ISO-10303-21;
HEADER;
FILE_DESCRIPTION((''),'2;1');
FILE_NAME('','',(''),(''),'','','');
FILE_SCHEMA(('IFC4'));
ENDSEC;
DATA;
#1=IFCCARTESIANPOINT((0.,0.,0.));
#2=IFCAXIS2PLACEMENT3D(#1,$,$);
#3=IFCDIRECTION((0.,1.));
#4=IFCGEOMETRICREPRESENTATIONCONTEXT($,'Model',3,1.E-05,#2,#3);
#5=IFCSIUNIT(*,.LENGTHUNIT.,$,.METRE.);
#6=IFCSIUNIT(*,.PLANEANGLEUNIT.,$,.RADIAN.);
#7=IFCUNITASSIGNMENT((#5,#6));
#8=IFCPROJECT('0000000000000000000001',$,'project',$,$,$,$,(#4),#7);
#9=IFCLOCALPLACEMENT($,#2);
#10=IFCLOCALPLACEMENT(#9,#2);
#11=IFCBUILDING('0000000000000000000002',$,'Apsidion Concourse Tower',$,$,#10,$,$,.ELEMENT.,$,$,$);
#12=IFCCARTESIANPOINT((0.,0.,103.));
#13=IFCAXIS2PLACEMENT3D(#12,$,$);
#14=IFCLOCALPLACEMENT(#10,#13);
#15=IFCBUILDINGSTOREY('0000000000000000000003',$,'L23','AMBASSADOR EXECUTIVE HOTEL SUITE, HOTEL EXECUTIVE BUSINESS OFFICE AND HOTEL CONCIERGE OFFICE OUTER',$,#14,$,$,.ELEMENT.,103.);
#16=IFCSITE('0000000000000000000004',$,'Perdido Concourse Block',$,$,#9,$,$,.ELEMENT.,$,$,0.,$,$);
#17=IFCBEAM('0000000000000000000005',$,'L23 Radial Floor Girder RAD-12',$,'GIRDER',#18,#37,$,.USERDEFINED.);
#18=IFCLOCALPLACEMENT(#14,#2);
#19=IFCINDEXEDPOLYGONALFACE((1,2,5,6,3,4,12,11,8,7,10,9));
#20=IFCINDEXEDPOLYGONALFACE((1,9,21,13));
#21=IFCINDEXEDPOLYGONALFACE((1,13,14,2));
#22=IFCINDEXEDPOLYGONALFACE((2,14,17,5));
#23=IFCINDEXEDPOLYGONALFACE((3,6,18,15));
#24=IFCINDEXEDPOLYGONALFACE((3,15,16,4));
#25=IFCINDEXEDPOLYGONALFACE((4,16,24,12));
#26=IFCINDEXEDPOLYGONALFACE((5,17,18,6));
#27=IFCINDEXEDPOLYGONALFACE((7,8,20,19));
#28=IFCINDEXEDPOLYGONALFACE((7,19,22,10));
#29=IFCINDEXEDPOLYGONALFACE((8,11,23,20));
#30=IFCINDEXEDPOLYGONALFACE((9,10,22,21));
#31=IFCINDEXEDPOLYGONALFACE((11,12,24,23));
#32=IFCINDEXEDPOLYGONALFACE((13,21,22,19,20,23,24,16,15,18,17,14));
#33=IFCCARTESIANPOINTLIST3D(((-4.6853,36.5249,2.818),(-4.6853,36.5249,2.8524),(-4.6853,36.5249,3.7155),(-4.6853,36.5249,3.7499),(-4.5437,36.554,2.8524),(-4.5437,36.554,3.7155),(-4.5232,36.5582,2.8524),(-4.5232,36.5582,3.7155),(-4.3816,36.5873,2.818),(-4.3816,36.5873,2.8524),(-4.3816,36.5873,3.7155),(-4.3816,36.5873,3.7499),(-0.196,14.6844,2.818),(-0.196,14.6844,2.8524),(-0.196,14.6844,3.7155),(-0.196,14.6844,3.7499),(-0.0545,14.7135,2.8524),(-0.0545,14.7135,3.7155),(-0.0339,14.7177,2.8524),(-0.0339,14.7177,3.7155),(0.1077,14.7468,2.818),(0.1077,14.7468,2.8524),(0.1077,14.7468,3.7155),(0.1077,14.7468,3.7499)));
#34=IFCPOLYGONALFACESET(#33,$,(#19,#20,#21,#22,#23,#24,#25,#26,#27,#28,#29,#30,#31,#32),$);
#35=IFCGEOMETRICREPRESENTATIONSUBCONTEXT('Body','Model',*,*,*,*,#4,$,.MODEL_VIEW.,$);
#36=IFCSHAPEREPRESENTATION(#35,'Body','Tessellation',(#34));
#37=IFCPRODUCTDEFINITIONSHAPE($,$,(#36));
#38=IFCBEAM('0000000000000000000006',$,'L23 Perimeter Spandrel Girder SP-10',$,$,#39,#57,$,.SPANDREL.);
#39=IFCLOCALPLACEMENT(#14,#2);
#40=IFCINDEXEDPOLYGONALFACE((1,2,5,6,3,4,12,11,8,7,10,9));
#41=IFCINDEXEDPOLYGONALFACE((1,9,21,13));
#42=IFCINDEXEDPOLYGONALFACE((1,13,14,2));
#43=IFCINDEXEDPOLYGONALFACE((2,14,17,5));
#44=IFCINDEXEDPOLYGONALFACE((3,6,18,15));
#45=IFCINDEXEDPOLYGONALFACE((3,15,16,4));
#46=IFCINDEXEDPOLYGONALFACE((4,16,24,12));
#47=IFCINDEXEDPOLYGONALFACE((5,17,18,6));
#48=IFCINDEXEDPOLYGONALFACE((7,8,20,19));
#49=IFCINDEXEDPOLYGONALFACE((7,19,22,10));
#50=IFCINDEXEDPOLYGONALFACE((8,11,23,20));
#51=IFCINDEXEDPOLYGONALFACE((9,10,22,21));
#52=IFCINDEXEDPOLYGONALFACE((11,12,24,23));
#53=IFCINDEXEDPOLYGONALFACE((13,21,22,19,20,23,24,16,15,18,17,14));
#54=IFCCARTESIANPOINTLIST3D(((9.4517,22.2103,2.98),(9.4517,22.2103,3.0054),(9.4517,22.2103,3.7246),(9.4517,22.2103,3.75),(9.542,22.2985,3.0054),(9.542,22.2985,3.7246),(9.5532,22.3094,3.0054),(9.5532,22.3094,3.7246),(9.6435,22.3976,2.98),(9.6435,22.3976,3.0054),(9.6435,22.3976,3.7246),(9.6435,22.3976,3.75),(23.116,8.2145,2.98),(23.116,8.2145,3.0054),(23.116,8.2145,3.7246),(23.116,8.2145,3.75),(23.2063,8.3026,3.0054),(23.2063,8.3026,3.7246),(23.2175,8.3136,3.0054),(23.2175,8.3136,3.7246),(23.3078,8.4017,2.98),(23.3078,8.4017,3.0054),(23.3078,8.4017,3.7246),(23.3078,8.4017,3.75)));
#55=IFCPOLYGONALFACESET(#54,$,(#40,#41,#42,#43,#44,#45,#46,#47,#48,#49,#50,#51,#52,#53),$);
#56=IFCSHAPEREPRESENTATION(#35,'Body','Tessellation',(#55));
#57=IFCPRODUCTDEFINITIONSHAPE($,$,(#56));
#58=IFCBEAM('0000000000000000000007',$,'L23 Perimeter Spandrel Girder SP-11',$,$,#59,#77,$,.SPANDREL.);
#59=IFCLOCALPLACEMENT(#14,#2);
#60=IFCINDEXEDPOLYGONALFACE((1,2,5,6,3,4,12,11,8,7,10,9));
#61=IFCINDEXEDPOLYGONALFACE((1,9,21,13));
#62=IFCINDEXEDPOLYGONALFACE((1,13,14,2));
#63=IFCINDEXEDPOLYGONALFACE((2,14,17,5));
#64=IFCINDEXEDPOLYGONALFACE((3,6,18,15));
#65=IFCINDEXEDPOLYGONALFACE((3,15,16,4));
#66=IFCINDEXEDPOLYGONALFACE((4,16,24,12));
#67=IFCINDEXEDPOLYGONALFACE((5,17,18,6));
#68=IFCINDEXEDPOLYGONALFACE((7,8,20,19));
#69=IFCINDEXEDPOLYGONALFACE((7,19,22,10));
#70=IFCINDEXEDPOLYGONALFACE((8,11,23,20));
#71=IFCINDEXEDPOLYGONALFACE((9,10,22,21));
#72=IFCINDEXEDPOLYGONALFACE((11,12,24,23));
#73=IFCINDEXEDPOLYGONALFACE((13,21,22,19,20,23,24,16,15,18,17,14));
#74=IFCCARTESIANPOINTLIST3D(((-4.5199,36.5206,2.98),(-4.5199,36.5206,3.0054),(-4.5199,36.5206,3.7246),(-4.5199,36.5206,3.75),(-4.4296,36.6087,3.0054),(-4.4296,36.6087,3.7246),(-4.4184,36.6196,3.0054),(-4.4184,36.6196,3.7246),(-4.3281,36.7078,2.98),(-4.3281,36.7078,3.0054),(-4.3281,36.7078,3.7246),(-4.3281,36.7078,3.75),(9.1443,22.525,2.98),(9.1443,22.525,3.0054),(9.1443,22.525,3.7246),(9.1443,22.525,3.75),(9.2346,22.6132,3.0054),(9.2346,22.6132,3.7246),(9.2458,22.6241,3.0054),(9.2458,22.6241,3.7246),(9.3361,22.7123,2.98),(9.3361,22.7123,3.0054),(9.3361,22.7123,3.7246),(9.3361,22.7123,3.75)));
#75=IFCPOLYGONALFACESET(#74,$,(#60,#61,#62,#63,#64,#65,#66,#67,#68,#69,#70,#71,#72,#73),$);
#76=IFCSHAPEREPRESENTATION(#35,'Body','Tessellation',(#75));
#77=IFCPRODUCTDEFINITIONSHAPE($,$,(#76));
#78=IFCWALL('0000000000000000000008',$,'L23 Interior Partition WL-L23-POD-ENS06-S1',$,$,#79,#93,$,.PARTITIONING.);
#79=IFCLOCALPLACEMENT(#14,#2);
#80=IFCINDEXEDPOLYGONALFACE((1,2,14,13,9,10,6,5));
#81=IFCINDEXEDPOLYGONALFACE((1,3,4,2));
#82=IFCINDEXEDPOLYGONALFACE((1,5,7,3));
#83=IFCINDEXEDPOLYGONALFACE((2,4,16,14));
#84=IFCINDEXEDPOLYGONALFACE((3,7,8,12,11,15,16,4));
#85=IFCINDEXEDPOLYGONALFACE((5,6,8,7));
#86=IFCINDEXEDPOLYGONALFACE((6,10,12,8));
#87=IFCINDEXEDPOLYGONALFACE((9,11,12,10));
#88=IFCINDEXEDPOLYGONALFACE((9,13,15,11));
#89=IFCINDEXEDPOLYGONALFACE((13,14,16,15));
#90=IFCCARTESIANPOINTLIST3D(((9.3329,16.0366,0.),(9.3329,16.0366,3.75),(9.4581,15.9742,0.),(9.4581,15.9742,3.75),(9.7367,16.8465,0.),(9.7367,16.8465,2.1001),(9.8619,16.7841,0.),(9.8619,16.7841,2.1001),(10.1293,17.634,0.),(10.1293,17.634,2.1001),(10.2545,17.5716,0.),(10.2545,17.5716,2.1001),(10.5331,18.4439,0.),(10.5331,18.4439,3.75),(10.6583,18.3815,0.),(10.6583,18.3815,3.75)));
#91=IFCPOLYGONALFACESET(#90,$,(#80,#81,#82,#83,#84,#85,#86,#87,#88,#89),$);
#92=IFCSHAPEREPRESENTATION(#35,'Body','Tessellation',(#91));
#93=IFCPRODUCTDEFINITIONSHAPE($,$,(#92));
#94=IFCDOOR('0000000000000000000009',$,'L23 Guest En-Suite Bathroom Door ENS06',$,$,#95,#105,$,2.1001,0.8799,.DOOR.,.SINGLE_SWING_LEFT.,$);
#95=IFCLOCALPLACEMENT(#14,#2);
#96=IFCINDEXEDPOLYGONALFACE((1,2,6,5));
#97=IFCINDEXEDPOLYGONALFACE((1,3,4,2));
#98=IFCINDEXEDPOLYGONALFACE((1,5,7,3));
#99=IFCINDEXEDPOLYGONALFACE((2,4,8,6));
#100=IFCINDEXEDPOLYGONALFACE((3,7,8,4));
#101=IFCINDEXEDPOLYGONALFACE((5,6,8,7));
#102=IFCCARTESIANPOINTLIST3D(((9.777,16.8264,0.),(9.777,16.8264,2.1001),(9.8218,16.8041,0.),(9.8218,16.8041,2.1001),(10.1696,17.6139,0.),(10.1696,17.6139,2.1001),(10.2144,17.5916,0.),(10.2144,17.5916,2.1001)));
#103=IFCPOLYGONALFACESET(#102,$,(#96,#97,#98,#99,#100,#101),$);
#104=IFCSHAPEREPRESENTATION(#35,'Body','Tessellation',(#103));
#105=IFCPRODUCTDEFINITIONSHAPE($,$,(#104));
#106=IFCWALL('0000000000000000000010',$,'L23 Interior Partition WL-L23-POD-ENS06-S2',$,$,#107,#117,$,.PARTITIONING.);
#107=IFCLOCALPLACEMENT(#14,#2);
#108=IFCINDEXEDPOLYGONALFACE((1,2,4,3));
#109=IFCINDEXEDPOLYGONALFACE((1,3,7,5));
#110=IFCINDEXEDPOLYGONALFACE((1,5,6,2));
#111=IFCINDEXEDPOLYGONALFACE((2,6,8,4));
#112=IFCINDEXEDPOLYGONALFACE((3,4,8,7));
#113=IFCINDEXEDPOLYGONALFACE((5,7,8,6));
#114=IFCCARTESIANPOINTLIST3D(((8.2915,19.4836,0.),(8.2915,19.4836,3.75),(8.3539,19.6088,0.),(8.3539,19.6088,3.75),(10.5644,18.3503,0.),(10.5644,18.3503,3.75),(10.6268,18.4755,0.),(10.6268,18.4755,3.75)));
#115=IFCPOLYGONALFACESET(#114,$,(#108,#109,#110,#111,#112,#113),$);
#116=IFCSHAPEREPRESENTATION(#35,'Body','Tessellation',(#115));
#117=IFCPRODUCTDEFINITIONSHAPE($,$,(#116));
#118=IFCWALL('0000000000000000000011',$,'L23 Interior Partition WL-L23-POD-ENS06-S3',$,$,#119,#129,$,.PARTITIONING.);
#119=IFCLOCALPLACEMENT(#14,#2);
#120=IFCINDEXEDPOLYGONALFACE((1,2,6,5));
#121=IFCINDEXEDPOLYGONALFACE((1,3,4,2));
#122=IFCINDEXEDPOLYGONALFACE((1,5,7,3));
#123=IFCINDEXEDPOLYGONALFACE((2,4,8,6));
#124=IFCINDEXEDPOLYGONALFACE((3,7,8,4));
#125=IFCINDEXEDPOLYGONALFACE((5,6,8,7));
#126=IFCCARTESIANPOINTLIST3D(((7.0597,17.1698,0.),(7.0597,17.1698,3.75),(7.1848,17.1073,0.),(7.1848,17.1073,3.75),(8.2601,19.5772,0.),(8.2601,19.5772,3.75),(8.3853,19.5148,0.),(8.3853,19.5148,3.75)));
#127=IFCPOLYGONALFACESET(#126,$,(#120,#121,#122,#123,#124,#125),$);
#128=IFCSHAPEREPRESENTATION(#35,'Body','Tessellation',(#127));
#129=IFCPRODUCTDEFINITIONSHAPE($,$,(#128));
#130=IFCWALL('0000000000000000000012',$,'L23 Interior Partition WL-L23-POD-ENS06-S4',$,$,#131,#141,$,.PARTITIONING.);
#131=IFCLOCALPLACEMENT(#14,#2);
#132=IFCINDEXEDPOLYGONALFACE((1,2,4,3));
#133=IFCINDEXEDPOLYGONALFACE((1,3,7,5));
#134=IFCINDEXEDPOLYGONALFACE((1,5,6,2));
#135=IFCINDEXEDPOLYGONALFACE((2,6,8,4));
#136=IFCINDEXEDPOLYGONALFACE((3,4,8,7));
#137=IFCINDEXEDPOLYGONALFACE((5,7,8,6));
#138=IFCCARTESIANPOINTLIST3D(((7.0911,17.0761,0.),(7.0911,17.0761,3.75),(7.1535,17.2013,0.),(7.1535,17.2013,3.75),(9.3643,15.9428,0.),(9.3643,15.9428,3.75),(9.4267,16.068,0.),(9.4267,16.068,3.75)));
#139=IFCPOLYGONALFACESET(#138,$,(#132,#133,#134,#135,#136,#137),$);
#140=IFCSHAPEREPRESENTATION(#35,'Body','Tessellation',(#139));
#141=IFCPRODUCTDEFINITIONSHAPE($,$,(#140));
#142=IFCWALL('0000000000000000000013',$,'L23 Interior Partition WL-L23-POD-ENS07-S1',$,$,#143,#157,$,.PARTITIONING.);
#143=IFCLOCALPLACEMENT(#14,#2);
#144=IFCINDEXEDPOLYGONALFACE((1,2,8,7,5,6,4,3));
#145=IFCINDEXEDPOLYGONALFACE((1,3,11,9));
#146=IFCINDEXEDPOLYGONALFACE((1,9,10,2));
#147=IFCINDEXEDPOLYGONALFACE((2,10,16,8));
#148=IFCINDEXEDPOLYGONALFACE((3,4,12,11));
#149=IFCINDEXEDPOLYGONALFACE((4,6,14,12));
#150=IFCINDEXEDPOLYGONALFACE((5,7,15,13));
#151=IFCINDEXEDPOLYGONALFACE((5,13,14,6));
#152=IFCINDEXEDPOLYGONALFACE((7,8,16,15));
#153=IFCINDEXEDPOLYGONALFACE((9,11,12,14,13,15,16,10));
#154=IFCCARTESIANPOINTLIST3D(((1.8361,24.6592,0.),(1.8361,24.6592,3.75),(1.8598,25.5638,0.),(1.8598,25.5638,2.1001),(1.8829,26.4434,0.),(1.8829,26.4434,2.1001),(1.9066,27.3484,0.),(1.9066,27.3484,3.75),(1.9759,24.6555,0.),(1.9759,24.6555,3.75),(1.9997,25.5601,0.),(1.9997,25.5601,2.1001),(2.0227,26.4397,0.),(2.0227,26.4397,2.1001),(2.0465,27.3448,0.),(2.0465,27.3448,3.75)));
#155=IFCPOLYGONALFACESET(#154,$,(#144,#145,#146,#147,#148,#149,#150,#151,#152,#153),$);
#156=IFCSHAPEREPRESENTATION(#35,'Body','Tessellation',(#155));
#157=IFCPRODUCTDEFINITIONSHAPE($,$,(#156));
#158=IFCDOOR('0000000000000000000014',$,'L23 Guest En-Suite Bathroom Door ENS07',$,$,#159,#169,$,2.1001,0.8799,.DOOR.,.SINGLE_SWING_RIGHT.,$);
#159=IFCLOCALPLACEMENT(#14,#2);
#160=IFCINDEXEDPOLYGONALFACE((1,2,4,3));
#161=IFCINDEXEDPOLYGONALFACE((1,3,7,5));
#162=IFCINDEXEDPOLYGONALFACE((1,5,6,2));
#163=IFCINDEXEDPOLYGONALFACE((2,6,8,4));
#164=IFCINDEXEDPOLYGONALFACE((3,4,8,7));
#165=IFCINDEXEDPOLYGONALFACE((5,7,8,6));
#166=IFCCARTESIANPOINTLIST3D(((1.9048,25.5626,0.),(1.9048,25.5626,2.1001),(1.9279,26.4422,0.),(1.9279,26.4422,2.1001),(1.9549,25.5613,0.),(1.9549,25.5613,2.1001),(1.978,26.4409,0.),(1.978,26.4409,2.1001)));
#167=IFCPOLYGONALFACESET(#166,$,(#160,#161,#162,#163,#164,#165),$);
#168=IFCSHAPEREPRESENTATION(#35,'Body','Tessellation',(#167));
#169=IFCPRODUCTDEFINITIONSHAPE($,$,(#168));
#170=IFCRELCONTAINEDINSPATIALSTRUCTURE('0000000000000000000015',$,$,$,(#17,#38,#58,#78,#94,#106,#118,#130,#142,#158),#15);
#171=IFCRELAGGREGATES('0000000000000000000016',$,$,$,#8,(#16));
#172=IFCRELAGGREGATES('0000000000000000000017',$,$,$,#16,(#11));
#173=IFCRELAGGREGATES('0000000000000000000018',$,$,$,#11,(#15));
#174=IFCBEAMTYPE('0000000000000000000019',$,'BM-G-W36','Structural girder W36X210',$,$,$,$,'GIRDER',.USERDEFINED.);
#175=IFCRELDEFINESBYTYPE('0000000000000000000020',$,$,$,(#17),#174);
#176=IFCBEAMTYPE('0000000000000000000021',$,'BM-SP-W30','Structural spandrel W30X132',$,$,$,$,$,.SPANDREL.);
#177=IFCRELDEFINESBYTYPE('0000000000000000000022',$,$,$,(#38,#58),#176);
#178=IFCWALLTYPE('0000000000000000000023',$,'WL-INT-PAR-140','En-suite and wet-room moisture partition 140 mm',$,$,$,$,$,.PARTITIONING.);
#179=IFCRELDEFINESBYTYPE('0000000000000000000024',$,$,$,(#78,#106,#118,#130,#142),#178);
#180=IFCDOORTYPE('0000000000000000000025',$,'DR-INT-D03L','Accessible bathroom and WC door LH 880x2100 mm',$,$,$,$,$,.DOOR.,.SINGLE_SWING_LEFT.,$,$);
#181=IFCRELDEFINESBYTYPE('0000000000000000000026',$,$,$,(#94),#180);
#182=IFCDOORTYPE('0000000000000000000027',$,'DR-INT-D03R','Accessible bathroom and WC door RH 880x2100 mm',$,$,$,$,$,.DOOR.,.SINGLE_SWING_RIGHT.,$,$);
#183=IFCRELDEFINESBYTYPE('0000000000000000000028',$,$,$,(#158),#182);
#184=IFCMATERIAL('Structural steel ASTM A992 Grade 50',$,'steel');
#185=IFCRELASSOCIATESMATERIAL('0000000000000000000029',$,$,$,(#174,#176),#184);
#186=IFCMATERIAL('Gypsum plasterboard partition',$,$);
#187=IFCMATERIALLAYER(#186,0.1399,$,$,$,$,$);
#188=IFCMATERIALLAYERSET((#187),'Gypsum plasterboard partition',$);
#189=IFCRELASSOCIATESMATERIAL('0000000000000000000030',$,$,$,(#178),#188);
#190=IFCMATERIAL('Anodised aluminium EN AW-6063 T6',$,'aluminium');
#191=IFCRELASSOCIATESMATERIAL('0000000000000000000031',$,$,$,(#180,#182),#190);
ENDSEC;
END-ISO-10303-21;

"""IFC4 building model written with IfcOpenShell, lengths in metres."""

from ifc_helpers import new_model, si_unit, direction, frame, frame_2d, origin, origin_2d, place, context, subcontext, project, spatial, rectangle, i_section, extrude, material, layer, layer_set, material_profile, profile_set, type_object, element, fill, save


model = new_model("IFC4")

# Units and contexts
model_context = context("Model", 3, precision=1e-05, world=origin(), true_north=direction((0.0, 1.0)))
body_context = subcontext(model_context, "Body", "Model", "MODEL_VIEW")
ifc_project = project(units=[si_unit("LENGTHUNIT", "METRE"), si_unit("PLANEANGLEUNIT", "RADIAN")], contexts=[model_context])

# Site, building, storey
site_placement = place(None, origin())
site = spatial("IfcSite", under=ifc_project, at=site_placement, Name="Perdido Concourse Block", CompositionType="ELEMENT", RefElevation=0.0)
building_placement = place(site_placement, origin())
building = spatial("IfcBuilding", under=site, at=building_placement, Name="Apsidion Concourse Tower", CompositionType="ELEMENT")
storey_placement = place(building_placement, frame((0.0, 0.0, 103.0)))
storey = spatial("IfcBuildingStorey", under=building, at=storey_placement, Name="L23", Description="AMBASSADOR EXECUTIVE HOTEL SUITE, HOTEL EXECUTIVE BUSINESS OFFICE AND HOTEL CONCIERGE OFFICE OUTER", CompositionType="ELEMENT", Elevation=103.0)

# Beams
ifc_material_1 = material(Name="Structural steel ASTM A992 Grade 50", Category="steel")
ifc_material_profile_1 = material_profile(ifc_material_1, i_section(OverallWidth=0.3101, OverallDepth=0.9319, WebThickness=0.021, FlangeThickness=0.0344, at=origin_2d()), Name="W36X210")
ifc_profile_set_1 = profile_set([ifc_material_profile_1], Name="Structural steel ASTM A992 Grade 50")
beam_type_1 = type_object("IfcBeamType", Name="BM-G-W36", Description="Structural girder W36X210", ElementType="GIRDER", PredefinedType="USERDEFINED", material=ifc_profile_set_1)
beam_1_placement = place(storey_placement, frame((-0.0442, 14.7156, 3.2839), z_axis=(-0.201337, 0.979522, 0.0), x_axis=(-0.979522, -0.201337, 0.0)))
element("IfcBeam", 1, at=beam_1_placement, inside=storey, type_object=beam_type_1, Name="L23 Radial Floor Girder RAD-12", ObjectType="GIRDER", PredefinedType="USERDEFINED", context=body_context, shape_type="SweptSolid", body=[
    extrude(i_section(OverallWidth=0.3101, OverallDepth=0.9319, WebThickness=0.021, FlangeThickness=0.0344, at=origin_2d()), origin(), (0.0, 0.0, 1.0), 22.2971),
])
ifc_material_profile_2 = material_profile(ifc_material_1, i_section(OverallWidth=0.2681, OverallDepth=0.77, WebThickness=0.0156, FlangeThickness=0.0254, at=origin_2d()), Name="W30X132")
ifc_profile_set_2 = profile_set([ifc_material_profile_2], Name="Structural steel ASTM A992 Grade 50")
beam_type_2 = type_object("IfcBeamType", Name="BM-SP-W30", Description="Structural spandrel W30X132", PredefinedType="SPANDREL", material=ifc_profile_set_2)
beam_2_placement = place(storey_placement, frame((23.2119, 8.3081, 3.365), z_axis=(-0.698581, 0.715531, 0.0), x_axis=(-0.715531, -0.698581, 0.0)))
element("IfcBeam", 2, at=beam_2_placement, inside=storey, type_object=beam_type_2, Name="L23 Perimeter Spandrel Girder SP-10", PredefinedType="SPANDREL", context=body_context, shape_type="SweptSolid", body=[
    extrude(i_section(OverallWidth=0.2681, OverallDepth=0.77, WebThickness=0.0156, FlangeThickness=0.0254, at=origin_2d()), origin(), (0.0, 0.0, 1.0), 19.5601),
])
beam_3_placement = place(storey_placement, frame((9.2402, 22.6187, 3.365), z_axis=(-0.698587, 0.715525, 0.0), x_axis=(-0.715525, -0.698587, 0.0)))
element("IfcBeam", 3, at=beam_3_placement, inside=storey, type_object=beam_type_2, Name="L23 Perimeter Spandrel Girder SP-11", PredefinedType="SPANDREL", context=body_context, shape_type="SweptSolid", body=[
    extrude(i_section(OverallWidth=0.2681, OverallDepth=0.77, WebThickness=0.0156, FlangeThickness=0.0254, at=origin_2d()), origin(), (0.0, 0.0, 1.0), 19.5598),
])

# Wall, opening, door
ifc_material_2 = material(Name="Gypsum plasterboard partition")
ifc_layer_1 = layer(ifc_material_2, 0.1399)
ifc_layer_set_1 = layer_set([ifc_layer_1], Name="Gypsum plasterboard partition")
wall_type_1 = type_object("IfcWallType", Name="WL-INT-PAR-140", Description="En-suite and wet-room moisture partition 140 mm", PredefinedType="PARTITIONING", material=ifc_layer_set_1)
wall_1_placement = place(storey_placement, frame((9.3955, 16.0054, 0.0), z_axis=(0.0, 0.0, 1.0), x_axis=(0.446161, 0.894953, 0.0)))
wall_1 = element("IfcWall", 4, at=wall_1_placement, inside=storey, type_object=wall_type_1, Name="L23 Interior Partition WL-L23-POD-ENS06-S1", PredefinedType="PARTITIONING", context=body_context, shape_type="SweptSolid", body=[
    extrude(rectangle(XDim=2.6899, YDim=0.1399, at=frame_2d((1.345, 0.0))), origin(), (0.0, 0.0, 1.0), 3.75),
])
opening_1_placement = place(wall_1_placement, frame((0.905, 0.0, 0.0)))
opening_1 = element("IfcOpeningElement", 5, at=opening_1_placement, cuts=wall_1, PredefinedType="OPENING", context=body_context, shape_type="SweptSolid", body=[
    extrude(rectangle(XDim=0.8799, YDim=2.1001, at=frame_2d((0.4399, 1.05))), frame((0.0, 0.0801, 0.0), z_axis=(0.0, -1.0, 0.0), x_axis=(1.0, 0.0, 0.0)), (0.0, 0.0, 1.0), 0.1599),
])
ifc_material_3 = material(Name="Anodised aluminium EN AW-6063 T6", Category="aluminium")
door_type_1 = type_object("IfcDoorType", Name="DR-INT-D03L", Description="Accessible bathroom and WC door LH 880x2100 mm", OperationType="SINGLE_SWING_LEFT", PredefinedType="DOOR", material=ifc_material_3)
door_1_placement = place(opening_1_placement, origin())
door_1 = element("IfcDoor", 6, at=door_1_placement, inside=storey, type_object=door_type_1, Name="L23 Guest En-Suite Bathroom Door ENS06", OperationType="SINGLE_SWING_LEFT", OverallHeight=2.1001, OverallWidth=0.8799, PredefinedType="DOOR", context=body_context, shape_type="SweptSolid", body=[
    extrude(rectangle(XDim=0.8799, YDim=2.1001, at=frame_2d((0.4399, 1.05))), frame((0.0, 0.0249, 0.0), z_axis=(0.0, -1.0, 0.0), x_axis=(1.0, 0.0, 0.0)), (0.0, 0.0, 1.0), 0.05),
])
fill(opening_1, door_1)

# Walls
wall_2_placement = place(storey_placement, frame((10.5957, 18.4128, 0.0), z_axis=(0.0, 0.0, 1.0), x_axis=(-0.894926, 0.446214, 0.0)))
element("IfcWall", 7, at=wall_2_placement, inside=storey, type_object=wall_type_1, Name="L23 Interior Partition WL-L23-POD-ENS06-S2", PredefinedType="PARTITIONING", context=body_context, shape_type="SweptSolid", body=[
    extrude(rectangle(XDim=2.5398, YDim=0.1399, at=frame_2d((1.27, 0.0))), origin(), (0.0, 0.0, 1.0), 3.75),
])
wall_3_placement = place(storey_placement, frame((8.3228, 19.5461, 0.0), z_axis=(0.0, 0.0, 1.0), x_axis=(-0.446233, -0.894917, 0.0)))
element("IfcWall", 8, at=wall_3_placement, inside=storey, type_object=wall_type_1, Name="L23 Interior Partition WL-L23-POD-ENS06-S3", PredefinedType="PARTITIONING", context=body_context, shape_type="SweptSolid", body=[
    extrude(rectangle(XDim=2.6902, YDim=0.1399, at=frame_2d((1.3452, 0.0))), origin(), (0.0, 0.0, 1.0), 3.75),
])
wall_4_placement = place(storey_placement, frame((7.1223, 17.1387, 0.0), z_axis=(0.0, 0.0, 1.0), x_axis=(0.894946, -0.446175, 0.0)))
element("IfcWall", 9, at=wall_4_placement, inside=storey, type_object=wall_type_1, Name="L23 Interior Partition WL-L23-POD-ENS06-S4", PredefinedType="PARTITIONING", context=body_context, shape_type="SweptSolid", body=[
    extrude(rectangle(XDim=2.54, YDim=0.1399, at=frame_2d((1.27, 0.0))), origin(), (0.0, 0.0, 1.0), 3.75),
])

# Wall, opening, door
wall_5_placement = place(storey_placement, frame((1.906, 24.6572, 0.0), z_axis=(0.0, 0.0, 1.0), x_axis=(0.026228, 0.999656, 0.0)))
wall_5 = element("IfcWall", 10, at=wall_5_placement, inside=storey, type_object=wall_type_1, Name="L23 Interior Partition WL-L23-POD-ENS07-S1", PredefinedType="PARTITIONING", context=body_context, shape_type="SweptSolid", body=[
    extrude(rectangle(XDim=2.6902, YDim=0.1399, at=frame_2d((1.3452, 0.0))), origin(), (0.0, 0.0, 1.0), 3.75),
])
opening_2_placement = place(wall_5_placement, frame((0.905, 0.0, 0.0)))
opening_2 = element("IfcOpeningElement", 11, at=opening_2_placement, cuts=wall_5, PredefinedType="OPENING", context=body_context, shape_type="SweptSolid", body=[
    extrude(rectangle(XDim=0.8799, YDim=2.1001, at=frame_2d((0.4399, 1.05))), frame((0.0, 0.0801, 0.0), z_axis=(0.0, -1.0, 0.0), x_axis=(1.0, 0.0, 0.0)), (0.0, 0.0, 1.0), 0.1599),
])
door_type_2 = type_object("IfcDoorType", Name="DR-INT-D03R", Description="Accessible bathroom and WC door RH 880x2100 mm", OperationType="SINGLE_SWING_RIGHT", PredefinedType="DOOR", material=ifc_material_3)
door_2_placement = place(opening_2_placement, origin())
door_2 = element("IfcDoor", 12, at=door_2_placement, inside=storey, type_object=door_type_2, Name="L23 Guest En-Suite Bathroom Door ENS07", OperationType="SINGLE_SWING_RIGHT", OverallHeight=2.1001, OverallWidth=0.8799, PredefinedType="DOOR", context=body_context, shape_type="SweptSolid", body=[
    extrude(rectangle(XDim=0.8799, YDim=2.1001, at=frame_2d((0.4399, 1.05))), frame((0.0, 0.0249, 0.0), z_axis=(0.0, -1.0, 0.0), x_axis=(1.0, 0.0, 0.0)), (0.0, 0.0, 1.0), 0.05),
])
fill(opening_2, door_2)

save(model, "model.ifc")
